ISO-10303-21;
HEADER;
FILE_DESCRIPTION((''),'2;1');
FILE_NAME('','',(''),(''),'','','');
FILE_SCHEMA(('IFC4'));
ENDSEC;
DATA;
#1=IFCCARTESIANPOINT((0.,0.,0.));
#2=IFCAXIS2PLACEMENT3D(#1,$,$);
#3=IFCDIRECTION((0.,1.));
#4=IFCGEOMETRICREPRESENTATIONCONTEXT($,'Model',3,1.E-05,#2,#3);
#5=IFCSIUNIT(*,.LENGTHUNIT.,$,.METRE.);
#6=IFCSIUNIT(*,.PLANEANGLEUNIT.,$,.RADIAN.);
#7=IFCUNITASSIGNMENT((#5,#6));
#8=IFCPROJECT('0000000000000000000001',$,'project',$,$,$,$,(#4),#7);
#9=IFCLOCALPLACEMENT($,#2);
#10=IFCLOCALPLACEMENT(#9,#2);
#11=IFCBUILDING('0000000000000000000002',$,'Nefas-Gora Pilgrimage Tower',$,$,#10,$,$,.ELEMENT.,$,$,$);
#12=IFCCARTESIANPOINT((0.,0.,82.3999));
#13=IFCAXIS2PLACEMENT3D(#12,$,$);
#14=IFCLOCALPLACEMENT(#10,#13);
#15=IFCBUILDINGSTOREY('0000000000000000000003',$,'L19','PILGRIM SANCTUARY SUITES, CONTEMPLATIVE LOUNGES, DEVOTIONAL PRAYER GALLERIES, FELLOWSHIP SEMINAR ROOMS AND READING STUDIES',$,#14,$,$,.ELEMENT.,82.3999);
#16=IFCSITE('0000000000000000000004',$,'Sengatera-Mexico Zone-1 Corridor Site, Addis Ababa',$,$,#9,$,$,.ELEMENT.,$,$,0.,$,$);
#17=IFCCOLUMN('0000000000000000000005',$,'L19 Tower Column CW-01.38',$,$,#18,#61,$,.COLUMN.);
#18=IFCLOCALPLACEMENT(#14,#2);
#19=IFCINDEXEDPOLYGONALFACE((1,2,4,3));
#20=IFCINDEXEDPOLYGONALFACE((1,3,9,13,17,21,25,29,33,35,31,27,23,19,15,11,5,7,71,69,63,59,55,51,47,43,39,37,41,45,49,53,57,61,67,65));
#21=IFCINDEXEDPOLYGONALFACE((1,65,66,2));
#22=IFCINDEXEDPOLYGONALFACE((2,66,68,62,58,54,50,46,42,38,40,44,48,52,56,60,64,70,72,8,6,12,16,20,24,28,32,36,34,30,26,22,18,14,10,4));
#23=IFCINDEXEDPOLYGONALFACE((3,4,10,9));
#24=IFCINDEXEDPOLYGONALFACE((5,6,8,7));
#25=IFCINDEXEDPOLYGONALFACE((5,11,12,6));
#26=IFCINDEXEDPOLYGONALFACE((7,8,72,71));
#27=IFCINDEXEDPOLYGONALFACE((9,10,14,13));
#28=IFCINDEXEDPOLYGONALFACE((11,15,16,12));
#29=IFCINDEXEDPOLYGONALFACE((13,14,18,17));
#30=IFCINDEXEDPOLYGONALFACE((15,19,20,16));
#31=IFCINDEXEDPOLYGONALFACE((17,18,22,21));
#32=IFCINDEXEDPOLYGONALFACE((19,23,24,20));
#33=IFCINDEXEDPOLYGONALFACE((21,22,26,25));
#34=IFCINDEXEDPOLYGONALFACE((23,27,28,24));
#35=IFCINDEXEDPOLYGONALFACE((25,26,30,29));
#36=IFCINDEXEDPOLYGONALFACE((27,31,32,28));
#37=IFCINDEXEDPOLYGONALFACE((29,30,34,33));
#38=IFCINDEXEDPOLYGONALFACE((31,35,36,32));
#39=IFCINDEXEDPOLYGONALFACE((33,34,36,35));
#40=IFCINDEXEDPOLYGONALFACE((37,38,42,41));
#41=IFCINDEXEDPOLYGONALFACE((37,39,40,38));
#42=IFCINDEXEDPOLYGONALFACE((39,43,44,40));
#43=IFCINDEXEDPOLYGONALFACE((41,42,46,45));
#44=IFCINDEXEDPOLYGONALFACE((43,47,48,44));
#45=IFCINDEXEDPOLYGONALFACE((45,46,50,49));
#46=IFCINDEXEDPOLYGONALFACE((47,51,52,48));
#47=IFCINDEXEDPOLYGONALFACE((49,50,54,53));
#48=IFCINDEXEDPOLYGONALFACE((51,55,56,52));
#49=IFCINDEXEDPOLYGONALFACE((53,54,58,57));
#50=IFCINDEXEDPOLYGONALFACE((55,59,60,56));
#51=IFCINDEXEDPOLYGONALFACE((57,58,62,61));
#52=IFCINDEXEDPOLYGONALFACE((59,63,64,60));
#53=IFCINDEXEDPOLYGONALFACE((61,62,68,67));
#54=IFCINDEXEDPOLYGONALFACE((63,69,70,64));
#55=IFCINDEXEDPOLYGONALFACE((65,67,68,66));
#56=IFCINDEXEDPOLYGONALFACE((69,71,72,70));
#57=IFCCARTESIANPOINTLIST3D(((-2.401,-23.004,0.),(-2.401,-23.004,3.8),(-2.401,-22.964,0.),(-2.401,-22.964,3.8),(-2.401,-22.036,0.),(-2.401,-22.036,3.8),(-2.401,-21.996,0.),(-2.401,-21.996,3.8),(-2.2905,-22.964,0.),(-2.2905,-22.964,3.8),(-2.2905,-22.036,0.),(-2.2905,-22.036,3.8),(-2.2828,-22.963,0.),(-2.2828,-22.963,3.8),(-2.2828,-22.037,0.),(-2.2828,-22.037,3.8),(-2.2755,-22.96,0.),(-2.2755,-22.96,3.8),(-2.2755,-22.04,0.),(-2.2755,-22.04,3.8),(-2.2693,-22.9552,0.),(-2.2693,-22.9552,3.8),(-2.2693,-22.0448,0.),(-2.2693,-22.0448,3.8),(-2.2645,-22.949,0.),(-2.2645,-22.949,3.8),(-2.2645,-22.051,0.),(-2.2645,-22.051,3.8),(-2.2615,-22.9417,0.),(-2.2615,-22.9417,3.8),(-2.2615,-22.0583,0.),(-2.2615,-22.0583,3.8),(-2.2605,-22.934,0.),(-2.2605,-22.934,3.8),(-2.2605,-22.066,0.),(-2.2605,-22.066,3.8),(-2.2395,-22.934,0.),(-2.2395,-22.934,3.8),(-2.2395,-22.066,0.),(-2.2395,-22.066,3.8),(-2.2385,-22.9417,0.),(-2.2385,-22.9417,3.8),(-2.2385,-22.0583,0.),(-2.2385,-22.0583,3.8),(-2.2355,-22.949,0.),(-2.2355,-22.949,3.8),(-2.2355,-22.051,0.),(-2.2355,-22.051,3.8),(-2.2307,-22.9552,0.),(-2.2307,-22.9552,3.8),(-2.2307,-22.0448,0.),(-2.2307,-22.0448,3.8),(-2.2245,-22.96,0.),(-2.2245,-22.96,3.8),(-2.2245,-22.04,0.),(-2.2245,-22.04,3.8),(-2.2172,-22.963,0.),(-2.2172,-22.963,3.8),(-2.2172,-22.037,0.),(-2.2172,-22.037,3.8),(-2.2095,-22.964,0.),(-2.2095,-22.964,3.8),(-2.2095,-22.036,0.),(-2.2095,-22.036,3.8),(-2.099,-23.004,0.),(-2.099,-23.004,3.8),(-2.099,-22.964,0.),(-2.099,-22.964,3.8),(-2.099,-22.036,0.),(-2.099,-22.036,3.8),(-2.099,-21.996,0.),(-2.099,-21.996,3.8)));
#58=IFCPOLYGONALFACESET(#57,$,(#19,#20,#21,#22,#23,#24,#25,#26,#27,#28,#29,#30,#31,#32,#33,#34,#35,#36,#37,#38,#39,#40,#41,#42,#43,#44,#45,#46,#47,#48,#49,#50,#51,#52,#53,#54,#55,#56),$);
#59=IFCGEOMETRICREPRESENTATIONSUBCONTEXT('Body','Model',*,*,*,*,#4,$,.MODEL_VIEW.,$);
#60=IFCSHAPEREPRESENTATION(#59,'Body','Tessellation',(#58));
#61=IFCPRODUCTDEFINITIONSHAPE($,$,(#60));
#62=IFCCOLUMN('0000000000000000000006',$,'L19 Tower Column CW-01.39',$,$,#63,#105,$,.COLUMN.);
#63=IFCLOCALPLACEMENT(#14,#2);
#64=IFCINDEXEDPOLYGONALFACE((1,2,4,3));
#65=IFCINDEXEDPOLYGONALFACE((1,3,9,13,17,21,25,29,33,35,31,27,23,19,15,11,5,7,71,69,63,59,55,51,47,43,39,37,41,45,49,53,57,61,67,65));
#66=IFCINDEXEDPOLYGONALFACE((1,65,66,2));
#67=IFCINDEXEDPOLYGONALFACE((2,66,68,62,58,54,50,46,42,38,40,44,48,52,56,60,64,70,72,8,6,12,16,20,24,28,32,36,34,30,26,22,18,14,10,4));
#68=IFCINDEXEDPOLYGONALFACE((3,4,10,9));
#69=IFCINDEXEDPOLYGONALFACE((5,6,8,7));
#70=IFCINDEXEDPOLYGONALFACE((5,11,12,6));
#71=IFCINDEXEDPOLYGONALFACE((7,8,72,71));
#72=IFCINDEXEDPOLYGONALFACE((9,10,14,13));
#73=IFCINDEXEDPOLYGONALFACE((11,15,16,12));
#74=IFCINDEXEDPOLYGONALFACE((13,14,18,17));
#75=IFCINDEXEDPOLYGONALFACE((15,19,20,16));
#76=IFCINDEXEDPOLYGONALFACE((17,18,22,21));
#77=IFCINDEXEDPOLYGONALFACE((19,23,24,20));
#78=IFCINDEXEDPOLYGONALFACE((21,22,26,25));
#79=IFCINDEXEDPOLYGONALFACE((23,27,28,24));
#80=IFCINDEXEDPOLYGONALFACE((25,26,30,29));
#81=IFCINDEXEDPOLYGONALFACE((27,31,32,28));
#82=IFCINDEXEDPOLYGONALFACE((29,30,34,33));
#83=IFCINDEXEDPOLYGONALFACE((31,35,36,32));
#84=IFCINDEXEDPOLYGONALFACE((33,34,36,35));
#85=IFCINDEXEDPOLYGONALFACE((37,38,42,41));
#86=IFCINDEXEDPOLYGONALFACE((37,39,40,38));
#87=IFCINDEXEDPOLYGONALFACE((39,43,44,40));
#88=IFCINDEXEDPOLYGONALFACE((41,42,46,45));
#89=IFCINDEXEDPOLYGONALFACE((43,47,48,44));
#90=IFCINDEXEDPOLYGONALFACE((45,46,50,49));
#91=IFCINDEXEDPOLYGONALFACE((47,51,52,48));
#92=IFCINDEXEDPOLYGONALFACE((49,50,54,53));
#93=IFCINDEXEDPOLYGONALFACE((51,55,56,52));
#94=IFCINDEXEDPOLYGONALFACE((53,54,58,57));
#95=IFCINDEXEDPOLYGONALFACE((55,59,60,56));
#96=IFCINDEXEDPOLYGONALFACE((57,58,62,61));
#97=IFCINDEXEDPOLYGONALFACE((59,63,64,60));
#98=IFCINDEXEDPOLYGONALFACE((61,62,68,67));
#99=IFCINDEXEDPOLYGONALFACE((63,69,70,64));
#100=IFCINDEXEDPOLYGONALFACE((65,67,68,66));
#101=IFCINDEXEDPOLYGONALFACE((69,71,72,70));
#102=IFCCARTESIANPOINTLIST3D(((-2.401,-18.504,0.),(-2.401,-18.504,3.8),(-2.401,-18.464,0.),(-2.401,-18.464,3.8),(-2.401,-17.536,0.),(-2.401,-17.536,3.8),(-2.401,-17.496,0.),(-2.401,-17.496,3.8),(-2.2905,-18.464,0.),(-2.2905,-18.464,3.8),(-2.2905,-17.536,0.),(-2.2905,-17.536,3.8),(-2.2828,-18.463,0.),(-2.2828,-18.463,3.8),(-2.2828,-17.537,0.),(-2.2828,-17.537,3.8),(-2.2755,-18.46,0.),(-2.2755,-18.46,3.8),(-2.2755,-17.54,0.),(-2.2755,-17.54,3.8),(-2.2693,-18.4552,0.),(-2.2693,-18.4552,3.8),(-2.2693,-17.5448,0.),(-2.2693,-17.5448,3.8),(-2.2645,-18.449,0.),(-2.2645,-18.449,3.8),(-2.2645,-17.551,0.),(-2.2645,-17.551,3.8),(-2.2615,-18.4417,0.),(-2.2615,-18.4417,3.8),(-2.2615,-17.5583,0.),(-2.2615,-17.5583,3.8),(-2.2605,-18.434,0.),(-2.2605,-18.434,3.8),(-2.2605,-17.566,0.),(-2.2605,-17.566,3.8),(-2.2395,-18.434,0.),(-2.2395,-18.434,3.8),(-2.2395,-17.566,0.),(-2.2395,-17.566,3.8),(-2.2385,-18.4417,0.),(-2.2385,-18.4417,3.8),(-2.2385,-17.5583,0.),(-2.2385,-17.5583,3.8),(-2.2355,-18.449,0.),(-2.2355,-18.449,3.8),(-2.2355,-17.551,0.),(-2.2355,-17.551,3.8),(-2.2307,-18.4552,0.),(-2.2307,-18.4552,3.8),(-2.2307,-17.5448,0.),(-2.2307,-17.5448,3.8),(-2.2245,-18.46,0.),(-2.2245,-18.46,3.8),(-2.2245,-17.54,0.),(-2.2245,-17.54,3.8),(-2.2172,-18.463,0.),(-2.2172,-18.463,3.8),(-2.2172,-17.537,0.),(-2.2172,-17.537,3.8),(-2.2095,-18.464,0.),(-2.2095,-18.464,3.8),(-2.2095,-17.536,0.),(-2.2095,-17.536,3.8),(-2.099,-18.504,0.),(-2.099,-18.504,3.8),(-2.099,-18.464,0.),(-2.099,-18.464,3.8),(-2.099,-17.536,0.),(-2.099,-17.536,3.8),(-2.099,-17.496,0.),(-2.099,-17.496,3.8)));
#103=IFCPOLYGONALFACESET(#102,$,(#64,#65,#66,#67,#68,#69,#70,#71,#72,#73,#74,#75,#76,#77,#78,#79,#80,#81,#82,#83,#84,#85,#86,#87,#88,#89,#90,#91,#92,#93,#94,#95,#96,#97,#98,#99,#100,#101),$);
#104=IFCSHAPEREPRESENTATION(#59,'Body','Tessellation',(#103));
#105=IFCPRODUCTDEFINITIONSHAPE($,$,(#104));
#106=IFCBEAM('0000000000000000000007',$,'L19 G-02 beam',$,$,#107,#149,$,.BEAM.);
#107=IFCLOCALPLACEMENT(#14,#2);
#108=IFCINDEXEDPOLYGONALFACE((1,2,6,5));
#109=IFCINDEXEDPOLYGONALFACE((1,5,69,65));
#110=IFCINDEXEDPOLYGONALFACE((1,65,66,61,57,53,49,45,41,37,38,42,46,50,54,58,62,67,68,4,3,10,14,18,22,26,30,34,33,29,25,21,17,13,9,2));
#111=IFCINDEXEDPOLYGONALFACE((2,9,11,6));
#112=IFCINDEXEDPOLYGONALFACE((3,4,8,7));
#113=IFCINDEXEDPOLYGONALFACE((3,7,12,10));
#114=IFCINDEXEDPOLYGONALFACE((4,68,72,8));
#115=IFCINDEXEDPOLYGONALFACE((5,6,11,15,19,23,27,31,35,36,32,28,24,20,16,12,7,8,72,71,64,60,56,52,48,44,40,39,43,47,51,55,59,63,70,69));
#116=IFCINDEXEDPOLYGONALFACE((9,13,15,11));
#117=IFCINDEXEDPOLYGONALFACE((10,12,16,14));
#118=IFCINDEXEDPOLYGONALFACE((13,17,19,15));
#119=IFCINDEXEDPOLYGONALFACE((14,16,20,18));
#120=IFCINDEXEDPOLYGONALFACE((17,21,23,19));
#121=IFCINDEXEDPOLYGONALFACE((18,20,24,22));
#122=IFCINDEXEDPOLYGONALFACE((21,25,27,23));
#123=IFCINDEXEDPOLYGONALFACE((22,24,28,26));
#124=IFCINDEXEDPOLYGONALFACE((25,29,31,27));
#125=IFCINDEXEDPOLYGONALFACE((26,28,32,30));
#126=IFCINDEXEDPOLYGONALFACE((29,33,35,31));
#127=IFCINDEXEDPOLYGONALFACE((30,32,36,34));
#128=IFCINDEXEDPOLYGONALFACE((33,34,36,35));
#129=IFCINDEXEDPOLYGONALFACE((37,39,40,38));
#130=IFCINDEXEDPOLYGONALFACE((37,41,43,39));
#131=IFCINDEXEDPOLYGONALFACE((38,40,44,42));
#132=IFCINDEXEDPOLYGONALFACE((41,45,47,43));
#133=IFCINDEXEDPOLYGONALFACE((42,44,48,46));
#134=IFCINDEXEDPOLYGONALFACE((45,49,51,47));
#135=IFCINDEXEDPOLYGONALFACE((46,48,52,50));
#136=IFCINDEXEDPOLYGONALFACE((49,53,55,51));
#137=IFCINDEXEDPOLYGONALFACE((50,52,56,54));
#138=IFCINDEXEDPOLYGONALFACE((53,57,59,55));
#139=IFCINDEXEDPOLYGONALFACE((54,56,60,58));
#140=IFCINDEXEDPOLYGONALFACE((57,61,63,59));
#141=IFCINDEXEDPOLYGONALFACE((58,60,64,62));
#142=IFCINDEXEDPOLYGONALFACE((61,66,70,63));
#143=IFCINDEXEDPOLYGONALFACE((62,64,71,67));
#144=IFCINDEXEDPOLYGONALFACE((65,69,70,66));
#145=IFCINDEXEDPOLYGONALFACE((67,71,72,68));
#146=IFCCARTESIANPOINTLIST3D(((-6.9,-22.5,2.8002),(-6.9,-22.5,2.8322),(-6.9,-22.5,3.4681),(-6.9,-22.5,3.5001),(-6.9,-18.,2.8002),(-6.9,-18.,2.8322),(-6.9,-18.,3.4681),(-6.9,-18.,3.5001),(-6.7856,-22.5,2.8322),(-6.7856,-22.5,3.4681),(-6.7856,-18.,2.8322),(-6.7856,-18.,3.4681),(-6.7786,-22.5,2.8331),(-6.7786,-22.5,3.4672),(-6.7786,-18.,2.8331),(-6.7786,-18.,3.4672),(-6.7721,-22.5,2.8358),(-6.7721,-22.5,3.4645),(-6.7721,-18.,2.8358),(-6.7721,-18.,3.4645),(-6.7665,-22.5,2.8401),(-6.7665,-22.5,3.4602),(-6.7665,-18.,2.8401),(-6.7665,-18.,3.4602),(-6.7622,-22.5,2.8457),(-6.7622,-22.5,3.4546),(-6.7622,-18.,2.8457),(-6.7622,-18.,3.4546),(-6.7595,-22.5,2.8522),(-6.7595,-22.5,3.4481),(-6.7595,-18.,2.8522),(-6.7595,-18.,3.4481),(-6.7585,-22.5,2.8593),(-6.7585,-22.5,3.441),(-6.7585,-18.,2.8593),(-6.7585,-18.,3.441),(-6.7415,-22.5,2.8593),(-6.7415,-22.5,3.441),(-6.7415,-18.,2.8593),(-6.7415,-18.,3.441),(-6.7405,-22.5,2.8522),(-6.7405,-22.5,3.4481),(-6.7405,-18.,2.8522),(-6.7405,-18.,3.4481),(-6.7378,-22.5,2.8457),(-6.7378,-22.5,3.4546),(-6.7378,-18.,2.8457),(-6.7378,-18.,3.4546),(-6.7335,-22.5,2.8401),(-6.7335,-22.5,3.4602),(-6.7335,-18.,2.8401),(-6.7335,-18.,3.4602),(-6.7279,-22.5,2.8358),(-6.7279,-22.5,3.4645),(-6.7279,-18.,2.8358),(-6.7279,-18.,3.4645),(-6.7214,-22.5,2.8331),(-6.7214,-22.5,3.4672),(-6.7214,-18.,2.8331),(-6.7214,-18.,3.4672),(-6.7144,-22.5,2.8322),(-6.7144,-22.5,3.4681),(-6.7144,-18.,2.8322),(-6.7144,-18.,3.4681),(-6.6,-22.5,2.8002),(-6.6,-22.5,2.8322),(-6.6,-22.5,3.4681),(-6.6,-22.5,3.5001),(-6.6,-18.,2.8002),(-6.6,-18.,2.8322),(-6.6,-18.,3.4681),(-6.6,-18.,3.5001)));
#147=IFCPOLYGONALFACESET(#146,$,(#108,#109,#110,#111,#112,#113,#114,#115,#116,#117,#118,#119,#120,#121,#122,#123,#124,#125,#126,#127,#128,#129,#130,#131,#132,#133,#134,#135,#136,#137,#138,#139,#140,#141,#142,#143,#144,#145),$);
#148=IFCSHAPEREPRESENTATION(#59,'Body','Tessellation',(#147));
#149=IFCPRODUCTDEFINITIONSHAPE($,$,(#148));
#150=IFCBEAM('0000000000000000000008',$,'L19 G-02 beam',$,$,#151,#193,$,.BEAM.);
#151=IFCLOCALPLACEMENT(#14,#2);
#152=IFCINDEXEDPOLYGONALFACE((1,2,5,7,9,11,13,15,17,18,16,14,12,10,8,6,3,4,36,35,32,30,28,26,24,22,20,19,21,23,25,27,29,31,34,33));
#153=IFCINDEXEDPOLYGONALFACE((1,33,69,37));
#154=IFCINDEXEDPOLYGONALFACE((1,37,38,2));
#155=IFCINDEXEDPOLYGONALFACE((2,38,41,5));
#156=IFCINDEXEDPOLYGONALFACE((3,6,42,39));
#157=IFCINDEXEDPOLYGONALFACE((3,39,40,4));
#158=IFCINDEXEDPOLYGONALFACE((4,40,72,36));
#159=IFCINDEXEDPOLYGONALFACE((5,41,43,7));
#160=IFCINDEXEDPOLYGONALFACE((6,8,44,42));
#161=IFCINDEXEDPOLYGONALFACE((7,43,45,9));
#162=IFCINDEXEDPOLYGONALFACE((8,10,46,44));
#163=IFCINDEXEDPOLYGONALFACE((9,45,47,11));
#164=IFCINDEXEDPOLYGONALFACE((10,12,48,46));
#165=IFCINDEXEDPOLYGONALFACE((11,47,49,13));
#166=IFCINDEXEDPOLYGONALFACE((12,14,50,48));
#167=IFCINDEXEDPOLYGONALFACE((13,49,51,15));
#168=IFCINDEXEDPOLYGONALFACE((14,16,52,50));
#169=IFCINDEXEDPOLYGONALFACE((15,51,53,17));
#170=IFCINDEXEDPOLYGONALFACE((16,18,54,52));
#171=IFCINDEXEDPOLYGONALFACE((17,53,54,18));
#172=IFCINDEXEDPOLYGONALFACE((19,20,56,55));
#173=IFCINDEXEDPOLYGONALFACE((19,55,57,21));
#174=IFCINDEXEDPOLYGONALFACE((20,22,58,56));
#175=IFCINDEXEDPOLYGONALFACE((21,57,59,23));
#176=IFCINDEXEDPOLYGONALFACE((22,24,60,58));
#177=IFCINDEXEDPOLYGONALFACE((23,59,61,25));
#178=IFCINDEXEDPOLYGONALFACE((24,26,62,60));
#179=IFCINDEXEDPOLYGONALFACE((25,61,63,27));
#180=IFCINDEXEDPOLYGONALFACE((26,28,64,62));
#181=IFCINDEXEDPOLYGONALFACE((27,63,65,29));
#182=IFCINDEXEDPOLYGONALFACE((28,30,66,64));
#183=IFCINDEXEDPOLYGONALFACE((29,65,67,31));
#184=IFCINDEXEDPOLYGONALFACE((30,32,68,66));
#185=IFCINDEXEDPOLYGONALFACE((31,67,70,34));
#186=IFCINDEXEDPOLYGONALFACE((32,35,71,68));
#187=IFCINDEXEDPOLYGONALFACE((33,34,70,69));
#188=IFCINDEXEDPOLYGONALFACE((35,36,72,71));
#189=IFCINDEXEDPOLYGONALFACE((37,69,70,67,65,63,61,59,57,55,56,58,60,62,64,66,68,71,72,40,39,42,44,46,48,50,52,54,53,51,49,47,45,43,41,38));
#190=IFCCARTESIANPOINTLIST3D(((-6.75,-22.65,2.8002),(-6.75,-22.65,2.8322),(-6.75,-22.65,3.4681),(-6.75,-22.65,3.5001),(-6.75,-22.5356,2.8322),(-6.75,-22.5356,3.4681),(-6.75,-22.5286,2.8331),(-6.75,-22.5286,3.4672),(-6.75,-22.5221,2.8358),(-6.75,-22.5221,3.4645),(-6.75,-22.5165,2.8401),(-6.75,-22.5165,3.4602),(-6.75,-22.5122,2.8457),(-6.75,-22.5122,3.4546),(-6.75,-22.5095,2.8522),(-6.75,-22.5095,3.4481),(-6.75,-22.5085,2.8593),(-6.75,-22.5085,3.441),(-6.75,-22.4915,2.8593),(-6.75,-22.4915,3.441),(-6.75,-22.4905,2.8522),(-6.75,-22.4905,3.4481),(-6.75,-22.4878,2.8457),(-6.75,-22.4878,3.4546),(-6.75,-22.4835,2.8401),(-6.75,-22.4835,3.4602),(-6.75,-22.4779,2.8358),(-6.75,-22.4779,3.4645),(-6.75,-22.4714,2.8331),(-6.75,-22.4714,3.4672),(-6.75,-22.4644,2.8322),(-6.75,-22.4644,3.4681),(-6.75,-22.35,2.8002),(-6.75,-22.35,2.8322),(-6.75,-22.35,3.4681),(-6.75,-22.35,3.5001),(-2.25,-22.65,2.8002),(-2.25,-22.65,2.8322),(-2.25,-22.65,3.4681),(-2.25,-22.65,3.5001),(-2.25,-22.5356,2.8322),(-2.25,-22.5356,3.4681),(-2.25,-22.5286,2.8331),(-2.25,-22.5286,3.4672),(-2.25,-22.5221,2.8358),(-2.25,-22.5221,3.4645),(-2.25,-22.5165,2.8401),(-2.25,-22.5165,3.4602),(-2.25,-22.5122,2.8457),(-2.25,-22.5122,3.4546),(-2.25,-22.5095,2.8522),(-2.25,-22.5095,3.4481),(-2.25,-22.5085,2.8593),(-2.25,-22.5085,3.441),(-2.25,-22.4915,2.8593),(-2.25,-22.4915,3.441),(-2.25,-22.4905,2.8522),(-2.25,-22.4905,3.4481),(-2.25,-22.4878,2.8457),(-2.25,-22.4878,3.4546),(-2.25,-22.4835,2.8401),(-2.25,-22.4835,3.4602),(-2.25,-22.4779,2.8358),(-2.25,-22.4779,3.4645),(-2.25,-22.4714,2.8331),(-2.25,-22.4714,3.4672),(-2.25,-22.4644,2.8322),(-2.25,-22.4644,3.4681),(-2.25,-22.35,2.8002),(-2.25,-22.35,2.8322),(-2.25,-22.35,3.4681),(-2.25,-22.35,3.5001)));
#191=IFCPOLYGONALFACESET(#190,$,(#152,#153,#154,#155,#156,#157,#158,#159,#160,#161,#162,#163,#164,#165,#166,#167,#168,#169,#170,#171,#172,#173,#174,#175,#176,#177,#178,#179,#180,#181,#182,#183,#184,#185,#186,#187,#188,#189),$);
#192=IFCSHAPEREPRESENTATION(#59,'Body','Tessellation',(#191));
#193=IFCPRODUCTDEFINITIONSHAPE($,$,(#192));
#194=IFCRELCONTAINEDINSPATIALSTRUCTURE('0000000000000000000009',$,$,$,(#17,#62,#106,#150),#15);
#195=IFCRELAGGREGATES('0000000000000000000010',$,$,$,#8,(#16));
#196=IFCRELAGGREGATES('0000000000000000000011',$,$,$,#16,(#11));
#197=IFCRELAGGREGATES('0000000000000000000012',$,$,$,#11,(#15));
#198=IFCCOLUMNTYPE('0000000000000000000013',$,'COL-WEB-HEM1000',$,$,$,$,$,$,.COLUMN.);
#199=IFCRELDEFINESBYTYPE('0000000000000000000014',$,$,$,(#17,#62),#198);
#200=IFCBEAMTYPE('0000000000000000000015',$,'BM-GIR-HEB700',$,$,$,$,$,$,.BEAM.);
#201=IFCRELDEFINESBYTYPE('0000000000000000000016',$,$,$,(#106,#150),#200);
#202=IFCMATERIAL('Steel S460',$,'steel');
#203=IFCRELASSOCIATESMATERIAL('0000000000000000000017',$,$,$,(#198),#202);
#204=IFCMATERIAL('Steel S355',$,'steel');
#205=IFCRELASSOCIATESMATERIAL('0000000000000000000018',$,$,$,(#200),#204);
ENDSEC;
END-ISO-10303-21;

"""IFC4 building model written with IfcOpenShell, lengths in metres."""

from ifc_helpers import new_model, si_unit, direction, frame, origin, origin_2d, place, context, subcontext, project, spatial, i_section, extrude, source, transform, mapped, material, material_profile, profile_set, type_object, element, save


model = new_model("IFC4")

# Units and contexts
model_context = context("Model", 3, precision=1e-05, world=origin(), true_north=direction((0.0, 1.0)))
body_context = subcontext(model_context, "Body", "Model", "MODEL_VIEW")
ifc_project = project(units=[si_unit("LENGTHUNIT", "METRE"), si_unit("PLANEANGLEUNIT", "RADIAN")], contexts=[model_context])

# Site, building, storey
site_placement = place(None, origin())
site = spatial("IfcSite", under=ifc_project, at=site_placement, Name="Sengatera-Mexico Zone-1 Corridor Site, Addis Ababa", CompositionType="ELEMENT", RefElevation=0.0)
building_placement = place(site_placement, origin())
building = spatial("IfcBuilding", under=site, at=building_placement, Name="Nefas-Gora Pilgrimage Tower", CompositionType="ELEMENT")
storey_placement = place(building_placement, frame((0.0, 0.0, 82.3999)))
storey = spatial("IfcBuildingStorey", under=building, at=storey_placement, Name="L19", Description="PILGRIM SANCTUARY SUITES, CONTEMPLATIVE LOUNGES, DEVOTIONAL PRAYER GALLERIES, FELLOWSHIP SEMINAR ROOMS AND READING STUDIES", CompositionType="ELEMENT", Elevation=82.3999)

# Columns
ifc_material_1 = material(Name="Steel S460", Category="steel")
ifc_material_profile_1 = material_profile(ifc_material_1, i_section(OverallWidth=0.302, OverallDepth=1.0081, WebThickness=0.021, FlangeThickness=0.04, FilletRadius=0.03, at=origin_2d()), Name="HEM 1000")
ifc_profile_set_1 = profile_set([ifc_material_profile_1], Name="Steel S460")
column_type_1 = type_object("IfcColumnType", Name="COL-WEB-HEM1000", PredefinedType="COLUMN", material=ifc_profile_set_1)
shared_shape_1 = source(origin(), body_context, "Body", "SweptSolid", [
    extrude(i_section(OverallWidth=0.302, OverallDepth=1.0081, WebThickness=0.021, FlangeThickness=0.04, FilletRadius=0.03, at=origin_2d()), origin(), (0.0, 0.0, 1.0), 3.8),
])
for number, where, z_axis, x_axis, name in (
    (1, (-2.25, -22.5, 0.0), (0.0, 0.0, 1.0), (1.0, 0.0, 0.0), "L19 Tower Column CW-01.38"),
    (2, (-2.25, -18.0, 0.0), (0.0, 0.0, 1.0), (1.0, 0.0, 0.0), "L19 Tower Column CW-01.39"),
):
    element("IfcColumn", number, at=place(storey_placement, frame(where, z_axis=z_axis, x_axis=x_axis)), inside=storey, type_object=column_type_1, Name=name, PredefinedType="COLUMN", context=body_context, shape_type="MappedRepresentation", body=[
        mapped(shared_shape_1, transform((0.0, 0.0, 0.0), x_axis=(1.0, 0.0, 0.0), y_axis=(0.0, 1.0, 0.0), z_axis=(0.0, 0.0, 1.0), scale=1.0)),
    ])

# Beams
ifc_material_2 = material(Name="Steel S355", Category="steel")
ifc_material_profile_2 = material_profile(ifc_material_2, i_section(OverallWidth=0.3, OverallDepth=0.7, WebThickness=0.0171, FlangeThickness=0.032, FilletRadius=0.0271, at=origin_2d()), Name="HEB 700")
ifc_profile_set_2 = profile_set([ifc_material_profile_2], Name="Steel S355")
beam_type = type_object("IfcBeamType", Name="BM-GIR-HEB700", PredefinedType="BEAM", material=ifc_profile_set_2)
shared_shape_2 = source(origin(), body_context, "Body", "SweptSolid", [
    extrude(i_section(OverallWidth=0.3, OverallDepth=0.7, WebThickness=0.0171, FlangeThickness=0.032, FilletRadius=0.0271, at=origin_2d()), origin(), (0.0, 0.0, 1.0), 4.5),
])
for number, where, z_axis, x_axis, name in (
    (3, (-6.75, -22.5, 3.1501), (0.0, 1.0, 0.0), (-1.0, 0.0, 0.0), "L19 G-02 beam"),
    (4, (-6.75, -22.5, 3.1501), (1.0, 0.0, 0.0), (0.0, 1.0, 0.0), "L19 G-02 beam"),
):
    element("IfcBeam", number, at=place(storey_placement, frame(where, z_axis=z_axis, x_axis=x_axis)), inside=storey, type_object=beam_type, Name=name, PredefinedType="BEAM", context=body_context, shape_type="MappedRepresentation", body=[
        mapped(shared_shape_2, transform((0.0, 0.0, 0.0), x_axis=(1.0, 0.0, 0.0), y_axis=(0.0, 1.0, 0.0), z_axis=(0.0, 0.0, 1.0), scale=1.0)),
    ])

save(model, "model.ifc")
